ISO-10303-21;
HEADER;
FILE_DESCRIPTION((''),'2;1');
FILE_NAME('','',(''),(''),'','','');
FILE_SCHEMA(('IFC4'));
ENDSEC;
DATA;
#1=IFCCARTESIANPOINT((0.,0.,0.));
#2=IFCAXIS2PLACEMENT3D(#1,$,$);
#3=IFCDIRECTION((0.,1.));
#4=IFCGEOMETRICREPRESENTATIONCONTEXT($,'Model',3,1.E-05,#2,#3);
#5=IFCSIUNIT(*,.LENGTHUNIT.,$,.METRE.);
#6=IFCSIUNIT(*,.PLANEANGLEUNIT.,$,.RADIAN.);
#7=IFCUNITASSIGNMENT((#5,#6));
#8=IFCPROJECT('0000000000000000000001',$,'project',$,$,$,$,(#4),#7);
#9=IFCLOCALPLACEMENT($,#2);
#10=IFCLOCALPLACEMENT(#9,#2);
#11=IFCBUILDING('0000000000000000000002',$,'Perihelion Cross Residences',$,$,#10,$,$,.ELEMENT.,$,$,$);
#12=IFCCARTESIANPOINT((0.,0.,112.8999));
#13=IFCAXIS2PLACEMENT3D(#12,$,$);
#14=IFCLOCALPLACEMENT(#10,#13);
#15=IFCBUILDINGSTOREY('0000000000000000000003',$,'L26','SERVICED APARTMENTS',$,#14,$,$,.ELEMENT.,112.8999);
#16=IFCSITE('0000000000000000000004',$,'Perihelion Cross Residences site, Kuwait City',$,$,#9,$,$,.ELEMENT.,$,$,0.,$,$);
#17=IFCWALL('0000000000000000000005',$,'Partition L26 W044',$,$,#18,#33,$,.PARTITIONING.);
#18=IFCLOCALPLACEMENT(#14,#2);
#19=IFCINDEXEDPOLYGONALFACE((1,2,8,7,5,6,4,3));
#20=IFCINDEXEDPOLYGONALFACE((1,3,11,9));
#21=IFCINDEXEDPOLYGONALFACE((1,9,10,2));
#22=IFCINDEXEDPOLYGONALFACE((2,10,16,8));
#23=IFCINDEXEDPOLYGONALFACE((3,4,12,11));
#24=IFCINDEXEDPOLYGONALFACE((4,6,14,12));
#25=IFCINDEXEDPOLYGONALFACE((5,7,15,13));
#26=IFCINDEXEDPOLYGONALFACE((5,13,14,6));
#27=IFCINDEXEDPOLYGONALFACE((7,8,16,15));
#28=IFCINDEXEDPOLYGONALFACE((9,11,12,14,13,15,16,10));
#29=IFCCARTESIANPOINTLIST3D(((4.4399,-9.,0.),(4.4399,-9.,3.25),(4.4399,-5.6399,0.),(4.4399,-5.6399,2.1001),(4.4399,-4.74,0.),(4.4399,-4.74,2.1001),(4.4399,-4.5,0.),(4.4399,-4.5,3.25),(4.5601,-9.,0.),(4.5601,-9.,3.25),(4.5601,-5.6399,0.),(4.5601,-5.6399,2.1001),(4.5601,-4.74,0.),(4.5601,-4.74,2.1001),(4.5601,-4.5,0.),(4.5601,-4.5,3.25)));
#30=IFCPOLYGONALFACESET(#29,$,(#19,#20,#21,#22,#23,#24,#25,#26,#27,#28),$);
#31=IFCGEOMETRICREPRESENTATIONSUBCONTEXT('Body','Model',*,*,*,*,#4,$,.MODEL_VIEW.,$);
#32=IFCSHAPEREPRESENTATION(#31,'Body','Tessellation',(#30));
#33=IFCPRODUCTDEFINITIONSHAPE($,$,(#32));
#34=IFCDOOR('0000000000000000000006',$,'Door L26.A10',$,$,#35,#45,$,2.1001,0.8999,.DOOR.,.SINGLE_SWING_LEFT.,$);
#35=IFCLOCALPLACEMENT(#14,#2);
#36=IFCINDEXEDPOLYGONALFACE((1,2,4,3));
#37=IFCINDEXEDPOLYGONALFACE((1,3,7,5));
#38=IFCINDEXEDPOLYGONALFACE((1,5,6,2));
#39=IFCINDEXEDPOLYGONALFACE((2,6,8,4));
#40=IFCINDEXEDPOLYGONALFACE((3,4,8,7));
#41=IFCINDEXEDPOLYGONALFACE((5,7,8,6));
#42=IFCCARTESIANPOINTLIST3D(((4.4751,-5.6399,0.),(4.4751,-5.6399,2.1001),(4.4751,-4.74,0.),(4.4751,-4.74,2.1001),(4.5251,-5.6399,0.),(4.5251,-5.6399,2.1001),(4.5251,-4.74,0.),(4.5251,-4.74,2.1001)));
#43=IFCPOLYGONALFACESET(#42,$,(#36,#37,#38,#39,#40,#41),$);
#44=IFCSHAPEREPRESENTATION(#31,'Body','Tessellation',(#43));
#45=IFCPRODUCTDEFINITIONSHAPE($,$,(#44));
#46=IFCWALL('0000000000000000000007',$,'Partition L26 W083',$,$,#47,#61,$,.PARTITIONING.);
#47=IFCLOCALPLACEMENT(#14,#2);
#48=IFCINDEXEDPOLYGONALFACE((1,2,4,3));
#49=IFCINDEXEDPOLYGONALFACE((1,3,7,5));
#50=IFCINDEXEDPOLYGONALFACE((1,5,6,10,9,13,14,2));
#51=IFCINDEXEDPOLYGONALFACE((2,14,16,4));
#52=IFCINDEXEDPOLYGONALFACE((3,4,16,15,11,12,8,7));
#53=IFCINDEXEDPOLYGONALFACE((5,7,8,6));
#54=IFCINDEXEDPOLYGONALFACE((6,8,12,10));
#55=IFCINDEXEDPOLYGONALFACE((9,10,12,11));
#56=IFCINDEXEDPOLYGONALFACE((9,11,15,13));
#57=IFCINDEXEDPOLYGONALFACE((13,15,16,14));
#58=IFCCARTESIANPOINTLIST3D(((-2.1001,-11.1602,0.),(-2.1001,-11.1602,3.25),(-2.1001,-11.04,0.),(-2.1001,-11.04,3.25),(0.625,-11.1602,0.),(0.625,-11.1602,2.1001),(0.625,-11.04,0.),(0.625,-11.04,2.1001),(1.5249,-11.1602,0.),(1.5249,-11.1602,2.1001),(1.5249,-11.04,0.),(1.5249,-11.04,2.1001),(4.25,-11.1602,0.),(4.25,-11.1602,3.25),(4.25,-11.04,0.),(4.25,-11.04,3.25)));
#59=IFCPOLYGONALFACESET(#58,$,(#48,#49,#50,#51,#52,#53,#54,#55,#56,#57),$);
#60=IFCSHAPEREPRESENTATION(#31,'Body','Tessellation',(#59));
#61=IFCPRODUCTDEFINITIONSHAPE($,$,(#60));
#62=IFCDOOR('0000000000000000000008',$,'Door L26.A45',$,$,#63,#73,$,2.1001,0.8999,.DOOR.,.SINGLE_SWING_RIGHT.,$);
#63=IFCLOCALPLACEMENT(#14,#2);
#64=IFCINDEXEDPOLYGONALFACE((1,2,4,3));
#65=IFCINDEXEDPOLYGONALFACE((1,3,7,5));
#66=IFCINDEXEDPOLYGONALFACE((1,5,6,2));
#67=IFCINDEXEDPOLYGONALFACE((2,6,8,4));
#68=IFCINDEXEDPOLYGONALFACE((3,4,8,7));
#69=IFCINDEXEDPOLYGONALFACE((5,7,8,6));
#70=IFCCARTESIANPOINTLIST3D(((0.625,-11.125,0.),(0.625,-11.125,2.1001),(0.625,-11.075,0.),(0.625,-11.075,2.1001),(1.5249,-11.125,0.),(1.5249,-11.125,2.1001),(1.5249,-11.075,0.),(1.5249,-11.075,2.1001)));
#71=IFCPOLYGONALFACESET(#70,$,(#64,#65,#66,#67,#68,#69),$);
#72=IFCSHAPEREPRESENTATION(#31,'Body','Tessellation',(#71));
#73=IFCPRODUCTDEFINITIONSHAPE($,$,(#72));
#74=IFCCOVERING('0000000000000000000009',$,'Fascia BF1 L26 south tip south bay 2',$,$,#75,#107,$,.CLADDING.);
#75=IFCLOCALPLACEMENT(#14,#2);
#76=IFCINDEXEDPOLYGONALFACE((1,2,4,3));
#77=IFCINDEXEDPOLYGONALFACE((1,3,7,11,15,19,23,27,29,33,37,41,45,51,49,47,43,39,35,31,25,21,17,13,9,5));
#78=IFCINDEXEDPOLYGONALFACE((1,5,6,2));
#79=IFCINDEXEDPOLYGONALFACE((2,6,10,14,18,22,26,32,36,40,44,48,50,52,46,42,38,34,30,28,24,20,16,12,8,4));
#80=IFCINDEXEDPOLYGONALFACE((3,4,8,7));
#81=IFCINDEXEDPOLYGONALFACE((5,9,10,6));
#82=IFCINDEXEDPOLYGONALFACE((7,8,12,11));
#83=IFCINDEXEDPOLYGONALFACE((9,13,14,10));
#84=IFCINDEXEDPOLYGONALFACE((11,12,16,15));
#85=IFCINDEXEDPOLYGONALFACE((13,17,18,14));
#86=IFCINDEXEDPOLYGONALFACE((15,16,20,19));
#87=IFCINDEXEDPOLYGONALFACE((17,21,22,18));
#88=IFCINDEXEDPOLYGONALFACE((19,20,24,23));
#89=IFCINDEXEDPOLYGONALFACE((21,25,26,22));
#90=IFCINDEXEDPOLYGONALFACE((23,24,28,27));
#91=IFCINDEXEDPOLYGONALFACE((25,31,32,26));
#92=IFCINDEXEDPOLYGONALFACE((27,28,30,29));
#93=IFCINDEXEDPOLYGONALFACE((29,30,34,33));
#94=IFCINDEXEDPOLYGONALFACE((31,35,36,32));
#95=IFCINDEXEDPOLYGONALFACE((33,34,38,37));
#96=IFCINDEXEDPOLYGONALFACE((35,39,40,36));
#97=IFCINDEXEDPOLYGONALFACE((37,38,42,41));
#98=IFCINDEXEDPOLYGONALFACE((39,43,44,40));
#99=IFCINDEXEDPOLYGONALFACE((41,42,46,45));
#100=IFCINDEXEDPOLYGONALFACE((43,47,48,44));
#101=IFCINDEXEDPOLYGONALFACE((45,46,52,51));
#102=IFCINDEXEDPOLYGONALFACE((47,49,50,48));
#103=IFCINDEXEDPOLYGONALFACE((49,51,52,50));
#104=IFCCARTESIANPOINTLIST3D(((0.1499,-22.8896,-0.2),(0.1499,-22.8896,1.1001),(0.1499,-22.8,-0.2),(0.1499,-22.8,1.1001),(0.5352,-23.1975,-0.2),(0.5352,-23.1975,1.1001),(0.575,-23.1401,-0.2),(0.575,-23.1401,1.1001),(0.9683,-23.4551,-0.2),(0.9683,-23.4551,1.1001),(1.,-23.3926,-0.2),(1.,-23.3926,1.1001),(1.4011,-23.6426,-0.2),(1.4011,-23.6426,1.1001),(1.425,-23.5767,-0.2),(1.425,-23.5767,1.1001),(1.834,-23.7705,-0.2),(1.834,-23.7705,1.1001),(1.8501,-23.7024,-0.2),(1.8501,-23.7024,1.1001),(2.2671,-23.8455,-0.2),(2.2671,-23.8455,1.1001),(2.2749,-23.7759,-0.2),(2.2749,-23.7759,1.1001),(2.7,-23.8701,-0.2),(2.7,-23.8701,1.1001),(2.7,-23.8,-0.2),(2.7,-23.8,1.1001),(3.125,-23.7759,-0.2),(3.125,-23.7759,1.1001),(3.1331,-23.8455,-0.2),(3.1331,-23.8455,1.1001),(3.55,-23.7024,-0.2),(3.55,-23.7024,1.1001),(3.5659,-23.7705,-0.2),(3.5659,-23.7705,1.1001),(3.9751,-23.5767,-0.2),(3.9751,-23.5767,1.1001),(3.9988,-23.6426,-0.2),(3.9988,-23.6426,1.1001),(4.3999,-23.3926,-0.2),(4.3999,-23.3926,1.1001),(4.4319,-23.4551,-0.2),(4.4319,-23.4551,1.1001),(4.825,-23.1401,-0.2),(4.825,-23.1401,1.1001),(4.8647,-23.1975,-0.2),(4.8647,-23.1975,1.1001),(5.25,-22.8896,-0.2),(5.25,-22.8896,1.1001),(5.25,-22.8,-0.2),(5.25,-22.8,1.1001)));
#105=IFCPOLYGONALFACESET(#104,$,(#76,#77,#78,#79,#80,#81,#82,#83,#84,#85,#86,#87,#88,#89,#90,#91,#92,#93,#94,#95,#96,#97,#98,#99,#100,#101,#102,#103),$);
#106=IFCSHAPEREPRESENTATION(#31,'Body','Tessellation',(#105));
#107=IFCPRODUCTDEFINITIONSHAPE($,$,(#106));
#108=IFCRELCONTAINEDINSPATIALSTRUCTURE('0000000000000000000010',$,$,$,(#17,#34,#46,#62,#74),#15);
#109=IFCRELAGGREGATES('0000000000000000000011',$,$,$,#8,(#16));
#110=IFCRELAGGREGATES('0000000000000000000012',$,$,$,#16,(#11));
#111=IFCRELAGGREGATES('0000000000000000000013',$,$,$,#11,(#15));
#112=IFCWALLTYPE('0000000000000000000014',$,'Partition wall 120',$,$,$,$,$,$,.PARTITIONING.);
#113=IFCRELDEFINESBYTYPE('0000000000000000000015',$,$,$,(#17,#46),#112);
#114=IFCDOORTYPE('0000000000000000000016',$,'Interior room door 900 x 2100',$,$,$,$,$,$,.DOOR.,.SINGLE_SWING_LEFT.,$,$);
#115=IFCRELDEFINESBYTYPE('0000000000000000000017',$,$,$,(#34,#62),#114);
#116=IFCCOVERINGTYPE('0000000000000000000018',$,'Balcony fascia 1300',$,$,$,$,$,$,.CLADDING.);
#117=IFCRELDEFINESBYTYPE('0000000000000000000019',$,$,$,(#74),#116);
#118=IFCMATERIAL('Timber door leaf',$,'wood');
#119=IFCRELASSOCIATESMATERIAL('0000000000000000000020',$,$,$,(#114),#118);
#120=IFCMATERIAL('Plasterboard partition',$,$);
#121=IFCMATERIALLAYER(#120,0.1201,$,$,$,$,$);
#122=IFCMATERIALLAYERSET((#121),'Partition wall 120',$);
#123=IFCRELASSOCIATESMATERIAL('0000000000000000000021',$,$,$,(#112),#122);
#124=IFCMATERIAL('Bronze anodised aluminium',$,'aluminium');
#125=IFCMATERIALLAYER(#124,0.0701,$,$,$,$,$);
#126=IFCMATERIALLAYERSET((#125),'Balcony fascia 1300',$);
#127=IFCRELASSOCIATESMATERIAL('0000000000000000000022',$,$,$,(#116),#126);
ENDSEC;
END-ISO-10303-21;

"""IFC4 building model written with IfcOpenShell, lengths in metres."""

from ifc_helpers import new_model, si_unit, direction, frame, frame_2d, origin, place, context, subcontext, project, spatial, polyline, rectangle, outline, extrude, material, layer, layer_set, type_object, element, fill, save


model = new_model("IFC4")

# Units and contexts
model_context = context("Model", 3, precision=1e-05, world=origin(), true_north=direction((0.0, 1.0)))
body_context = subcontext(model_context, "Body", "Model", "MODEL_VIEW")
ifc_project = project(units=[si_unit("LENGTHUNIT", "METRE"), si_unit("PLANEANGLEUNIT", "RADIAN")], contexts=[model_context])

# Site, building, storey
site_placement = place(None, origin())
site = spatial("IfcSite", under=ifc_project, at=site_placement, Name="Perihelion Cross Residences site, Kuwait City", CompositionType="ELEMENT", RefElevation=0.0)
building_placement = place(site_placement, origin())
building = spatial("IfcBuilding", under=site, at=building_placement, Name="Perihelion Cross Residences", CompositionType="ELEMENT")
storey_placement = place(building_placement, frame((0.0, 0.0, 112.8999)))
storey = spatial("IfcBuildingStorey", under=building, at=storey_placement, Name="L26", Description="SERVICED APARTMENTS", CompositionType="ELEMENT", Elevation=112.8999)

# Shared definitions
ifc_material_1 = material(Name="Timber door leaf", Category="wood")
door_type_1 = type_object("IfcDoorType", Name="Interior room door 900 x 2100", OperationType="SINGLE_SWING_LEFT", PredefinedType="DOOR", material=ifc_material_1)

# Shared definitions
ifc_material_2 = material(Name="Plasterboard partition")
ifc_layer_1 = layer(ifc_material_2, 0.1201)
ifc_layer_set_1 = layer_set([ifc_layer_1], Name="Partition wall 120")
wall_type_1 = type_object("IfcWallType", Name="Partition wall 120", PredefinedType="PARTITIONING", material=ifc_layer_set_1)

# Walls, openings, doors
wall_1_placement = place(storey_placement, frame((4.5, -9.0, 0.0), z_axis=(0.0, 0.0, 1.0), x_axis=(0.0, 1.0, 0.0)))
wall_1 = element("IfcWall", 1, at=wall_1_placement, inside=storey, type_object=wall_type_1, Name="Partition L26 W044", PredefinedType="PARTITIONING", context=body_context, shape_type="SweptSolid", body=[
    extrude(rectangle(XDim=4.5, YDim=0.1201, at=frame_2d((2.25, 0.0))), origin(), (0.0, 0.0, 1.0), 3.25),
])
opening_1_placement = place(wall_1_placement, frame((3.3601, 0.0, 0.0)))
opening_1 = element("IfcOpeningElement", 2, at=opening_1_placement, cuts=wall_1, PredefinedType="OPENING", context=body_context, shape_type="SweptSolid", body=[
    extrude(rectangle(XDim=0.8999, YDim=2.1001, at=frame_2d((0.45, 1.05))), frame((0.0, 0.0701, 0.0), z_axis=(0.0, -1.0, 0.0), x_axis=(1.0, 0.0, 0.0)), (0.0, 0.0, 1.0), 0.1401),
])
door_1_placement = place(opening_1_placement, origin())
door_1 = element("IfcDoor", 3, at=door_1_placement, inside=storey, type_object=door_type_1, Name="Door L26.A10", OperationType="SINGLE_SWING_LEFT", OverallHeight=2.1001, OverallWidth=0.8999, PredefinedType="DOOR", context=body_context, shape_type="SweptSolid", body=[
    extrude(rectangle(XDim=0.8999, YDim=2.1001, at=frame_2d((0.45, 1.05))), frame((0.0, 0.0249, 0.0), z_axis=(0.0, -1.0, 0.0), x_axis=(1.0, 0.0, 0.0)), (0.0, 0.0, 1.0), 0.05),
])
fill(opening_1, door_1)
wall_2_placement = place(storey_placement, frame((4.25, -11.1001, 0.0), z_axis=(0.0, 0.0, 1.0), x_axis=(-1.0, 0.0, 0.0)))
wall_2 = element("IfcWall", 4, at=wall_2_placement, inside=storey, type_object=wall_type_1, Name="Partition L26 W083", PredefinedType="PARTITIONING", context=body_context, shape_type="SweptSolid", body=[
    extrude(rectangle(XDim=6.3501, YDim=0.1201, at=frame_2d((3.175, 0.0))), origin(), (0.0, 0.0, 1.0), 3.25),
])
opening_2_placement = place(wall_2_placement, frame((2.7251, 0.0, 0.0)))
opening_2 = element("IfcOpeningElement", 5, at=opening_2_placement, cuts=wall_2, PredefinedType="OPENING", context=body_context, shape_type="SweptSolid", body=[
    extrude(rectangle(XDim=0.8999, YDim=2.1001, at=frame_2d((0.45, 1.05))), frame((0.0, 0.0701, 0.0), z_axis=(0.0, -1.0, 0.0), x_axis=(1.0, 0.0, 0.0)), (0.0, 0.0, 1.0), 0.1401),
])
door_2_placement = place(opening_2_placement, origin())
door_2 = element("IfcDoor", 6, at=door_2_placement, inside=storey, type_object=door_type_1, Name="Door L26.A45", OperationType="SINGLE_SWING_RIGHT", OverallHeight=2.1001, OverallWidth=0.8999, PredefinedType="DOOR", context=body_context, shape_type="SweptSolid", body=[
    extrude(rectangle(XDim=0.8999, YDim=2.1001, at=frame_2d((0.45, 1.05))), frame((0.0, 0.0249, 0.0), z_axis=(0.0, -1.0, 0.0), x_axis=(1.0, 0.0, 0.0)), (0.0, 0.0, 1.0), 0.05),
])
fill(opening_2, door_2)

# Covering
ifc_material_3 = material(Name="Bronze anodised aluminium", Category="aluminium")
ifc_layer_2 = layer(ifc_material_3, 0.0701)
ifc_layer_set_2 = layer_set([ifc_layer_2], Name="Balcony fascia 1300")
covering_type = type_object("IfcCoveringType", Name="Balcony fascia 1300", PredefinedType="CLADDING", material=ifc_layer_set_2)
covering_placement = place(storey_placement, frame((0.0, 0.0, -0.2)))
element("IfcCovering", 7, at=covering_placement, inside=storey, type_object=covering_type, Name="Fascia BF1 L26 south tip south bay 2", PredefinedType="CLADDING", context=body_context, shape_type="SweptSolid", body=[
    extrude(outline(polyline([(0.5352, -23.1975), (0.9683, -23.4551), (1.4011, -23.6426), (1.834, -23.7705), (2.2671, -23.8455), (2.7, -23.8701), (3.1331, -23.8455), (3.5659, -23.7705), (3.9988, -23.6426), (4.4319, -23.4551), (4.8647, -23.1975), (5.25, -22.8896), (5.25, -22.8), (4.825, -23.1401), (4.3999, -23.3926), (3.9751, -23.5767), (3.55, -23.7024), (3.125, -23.7759), (2.7, -23.8), (2.2749, -23.7759), (1.8501, -23.7024), (1.425, -23.5767), (1.0, -23.3926), (0.575, -23.1401), (0.1499, -22.8), (0.1499, -22.8896), (0.5352, -23.1975)])), origin(), (0.0, 0.0, 1.0), 1.3),
])

save(model, "model.ifc")
